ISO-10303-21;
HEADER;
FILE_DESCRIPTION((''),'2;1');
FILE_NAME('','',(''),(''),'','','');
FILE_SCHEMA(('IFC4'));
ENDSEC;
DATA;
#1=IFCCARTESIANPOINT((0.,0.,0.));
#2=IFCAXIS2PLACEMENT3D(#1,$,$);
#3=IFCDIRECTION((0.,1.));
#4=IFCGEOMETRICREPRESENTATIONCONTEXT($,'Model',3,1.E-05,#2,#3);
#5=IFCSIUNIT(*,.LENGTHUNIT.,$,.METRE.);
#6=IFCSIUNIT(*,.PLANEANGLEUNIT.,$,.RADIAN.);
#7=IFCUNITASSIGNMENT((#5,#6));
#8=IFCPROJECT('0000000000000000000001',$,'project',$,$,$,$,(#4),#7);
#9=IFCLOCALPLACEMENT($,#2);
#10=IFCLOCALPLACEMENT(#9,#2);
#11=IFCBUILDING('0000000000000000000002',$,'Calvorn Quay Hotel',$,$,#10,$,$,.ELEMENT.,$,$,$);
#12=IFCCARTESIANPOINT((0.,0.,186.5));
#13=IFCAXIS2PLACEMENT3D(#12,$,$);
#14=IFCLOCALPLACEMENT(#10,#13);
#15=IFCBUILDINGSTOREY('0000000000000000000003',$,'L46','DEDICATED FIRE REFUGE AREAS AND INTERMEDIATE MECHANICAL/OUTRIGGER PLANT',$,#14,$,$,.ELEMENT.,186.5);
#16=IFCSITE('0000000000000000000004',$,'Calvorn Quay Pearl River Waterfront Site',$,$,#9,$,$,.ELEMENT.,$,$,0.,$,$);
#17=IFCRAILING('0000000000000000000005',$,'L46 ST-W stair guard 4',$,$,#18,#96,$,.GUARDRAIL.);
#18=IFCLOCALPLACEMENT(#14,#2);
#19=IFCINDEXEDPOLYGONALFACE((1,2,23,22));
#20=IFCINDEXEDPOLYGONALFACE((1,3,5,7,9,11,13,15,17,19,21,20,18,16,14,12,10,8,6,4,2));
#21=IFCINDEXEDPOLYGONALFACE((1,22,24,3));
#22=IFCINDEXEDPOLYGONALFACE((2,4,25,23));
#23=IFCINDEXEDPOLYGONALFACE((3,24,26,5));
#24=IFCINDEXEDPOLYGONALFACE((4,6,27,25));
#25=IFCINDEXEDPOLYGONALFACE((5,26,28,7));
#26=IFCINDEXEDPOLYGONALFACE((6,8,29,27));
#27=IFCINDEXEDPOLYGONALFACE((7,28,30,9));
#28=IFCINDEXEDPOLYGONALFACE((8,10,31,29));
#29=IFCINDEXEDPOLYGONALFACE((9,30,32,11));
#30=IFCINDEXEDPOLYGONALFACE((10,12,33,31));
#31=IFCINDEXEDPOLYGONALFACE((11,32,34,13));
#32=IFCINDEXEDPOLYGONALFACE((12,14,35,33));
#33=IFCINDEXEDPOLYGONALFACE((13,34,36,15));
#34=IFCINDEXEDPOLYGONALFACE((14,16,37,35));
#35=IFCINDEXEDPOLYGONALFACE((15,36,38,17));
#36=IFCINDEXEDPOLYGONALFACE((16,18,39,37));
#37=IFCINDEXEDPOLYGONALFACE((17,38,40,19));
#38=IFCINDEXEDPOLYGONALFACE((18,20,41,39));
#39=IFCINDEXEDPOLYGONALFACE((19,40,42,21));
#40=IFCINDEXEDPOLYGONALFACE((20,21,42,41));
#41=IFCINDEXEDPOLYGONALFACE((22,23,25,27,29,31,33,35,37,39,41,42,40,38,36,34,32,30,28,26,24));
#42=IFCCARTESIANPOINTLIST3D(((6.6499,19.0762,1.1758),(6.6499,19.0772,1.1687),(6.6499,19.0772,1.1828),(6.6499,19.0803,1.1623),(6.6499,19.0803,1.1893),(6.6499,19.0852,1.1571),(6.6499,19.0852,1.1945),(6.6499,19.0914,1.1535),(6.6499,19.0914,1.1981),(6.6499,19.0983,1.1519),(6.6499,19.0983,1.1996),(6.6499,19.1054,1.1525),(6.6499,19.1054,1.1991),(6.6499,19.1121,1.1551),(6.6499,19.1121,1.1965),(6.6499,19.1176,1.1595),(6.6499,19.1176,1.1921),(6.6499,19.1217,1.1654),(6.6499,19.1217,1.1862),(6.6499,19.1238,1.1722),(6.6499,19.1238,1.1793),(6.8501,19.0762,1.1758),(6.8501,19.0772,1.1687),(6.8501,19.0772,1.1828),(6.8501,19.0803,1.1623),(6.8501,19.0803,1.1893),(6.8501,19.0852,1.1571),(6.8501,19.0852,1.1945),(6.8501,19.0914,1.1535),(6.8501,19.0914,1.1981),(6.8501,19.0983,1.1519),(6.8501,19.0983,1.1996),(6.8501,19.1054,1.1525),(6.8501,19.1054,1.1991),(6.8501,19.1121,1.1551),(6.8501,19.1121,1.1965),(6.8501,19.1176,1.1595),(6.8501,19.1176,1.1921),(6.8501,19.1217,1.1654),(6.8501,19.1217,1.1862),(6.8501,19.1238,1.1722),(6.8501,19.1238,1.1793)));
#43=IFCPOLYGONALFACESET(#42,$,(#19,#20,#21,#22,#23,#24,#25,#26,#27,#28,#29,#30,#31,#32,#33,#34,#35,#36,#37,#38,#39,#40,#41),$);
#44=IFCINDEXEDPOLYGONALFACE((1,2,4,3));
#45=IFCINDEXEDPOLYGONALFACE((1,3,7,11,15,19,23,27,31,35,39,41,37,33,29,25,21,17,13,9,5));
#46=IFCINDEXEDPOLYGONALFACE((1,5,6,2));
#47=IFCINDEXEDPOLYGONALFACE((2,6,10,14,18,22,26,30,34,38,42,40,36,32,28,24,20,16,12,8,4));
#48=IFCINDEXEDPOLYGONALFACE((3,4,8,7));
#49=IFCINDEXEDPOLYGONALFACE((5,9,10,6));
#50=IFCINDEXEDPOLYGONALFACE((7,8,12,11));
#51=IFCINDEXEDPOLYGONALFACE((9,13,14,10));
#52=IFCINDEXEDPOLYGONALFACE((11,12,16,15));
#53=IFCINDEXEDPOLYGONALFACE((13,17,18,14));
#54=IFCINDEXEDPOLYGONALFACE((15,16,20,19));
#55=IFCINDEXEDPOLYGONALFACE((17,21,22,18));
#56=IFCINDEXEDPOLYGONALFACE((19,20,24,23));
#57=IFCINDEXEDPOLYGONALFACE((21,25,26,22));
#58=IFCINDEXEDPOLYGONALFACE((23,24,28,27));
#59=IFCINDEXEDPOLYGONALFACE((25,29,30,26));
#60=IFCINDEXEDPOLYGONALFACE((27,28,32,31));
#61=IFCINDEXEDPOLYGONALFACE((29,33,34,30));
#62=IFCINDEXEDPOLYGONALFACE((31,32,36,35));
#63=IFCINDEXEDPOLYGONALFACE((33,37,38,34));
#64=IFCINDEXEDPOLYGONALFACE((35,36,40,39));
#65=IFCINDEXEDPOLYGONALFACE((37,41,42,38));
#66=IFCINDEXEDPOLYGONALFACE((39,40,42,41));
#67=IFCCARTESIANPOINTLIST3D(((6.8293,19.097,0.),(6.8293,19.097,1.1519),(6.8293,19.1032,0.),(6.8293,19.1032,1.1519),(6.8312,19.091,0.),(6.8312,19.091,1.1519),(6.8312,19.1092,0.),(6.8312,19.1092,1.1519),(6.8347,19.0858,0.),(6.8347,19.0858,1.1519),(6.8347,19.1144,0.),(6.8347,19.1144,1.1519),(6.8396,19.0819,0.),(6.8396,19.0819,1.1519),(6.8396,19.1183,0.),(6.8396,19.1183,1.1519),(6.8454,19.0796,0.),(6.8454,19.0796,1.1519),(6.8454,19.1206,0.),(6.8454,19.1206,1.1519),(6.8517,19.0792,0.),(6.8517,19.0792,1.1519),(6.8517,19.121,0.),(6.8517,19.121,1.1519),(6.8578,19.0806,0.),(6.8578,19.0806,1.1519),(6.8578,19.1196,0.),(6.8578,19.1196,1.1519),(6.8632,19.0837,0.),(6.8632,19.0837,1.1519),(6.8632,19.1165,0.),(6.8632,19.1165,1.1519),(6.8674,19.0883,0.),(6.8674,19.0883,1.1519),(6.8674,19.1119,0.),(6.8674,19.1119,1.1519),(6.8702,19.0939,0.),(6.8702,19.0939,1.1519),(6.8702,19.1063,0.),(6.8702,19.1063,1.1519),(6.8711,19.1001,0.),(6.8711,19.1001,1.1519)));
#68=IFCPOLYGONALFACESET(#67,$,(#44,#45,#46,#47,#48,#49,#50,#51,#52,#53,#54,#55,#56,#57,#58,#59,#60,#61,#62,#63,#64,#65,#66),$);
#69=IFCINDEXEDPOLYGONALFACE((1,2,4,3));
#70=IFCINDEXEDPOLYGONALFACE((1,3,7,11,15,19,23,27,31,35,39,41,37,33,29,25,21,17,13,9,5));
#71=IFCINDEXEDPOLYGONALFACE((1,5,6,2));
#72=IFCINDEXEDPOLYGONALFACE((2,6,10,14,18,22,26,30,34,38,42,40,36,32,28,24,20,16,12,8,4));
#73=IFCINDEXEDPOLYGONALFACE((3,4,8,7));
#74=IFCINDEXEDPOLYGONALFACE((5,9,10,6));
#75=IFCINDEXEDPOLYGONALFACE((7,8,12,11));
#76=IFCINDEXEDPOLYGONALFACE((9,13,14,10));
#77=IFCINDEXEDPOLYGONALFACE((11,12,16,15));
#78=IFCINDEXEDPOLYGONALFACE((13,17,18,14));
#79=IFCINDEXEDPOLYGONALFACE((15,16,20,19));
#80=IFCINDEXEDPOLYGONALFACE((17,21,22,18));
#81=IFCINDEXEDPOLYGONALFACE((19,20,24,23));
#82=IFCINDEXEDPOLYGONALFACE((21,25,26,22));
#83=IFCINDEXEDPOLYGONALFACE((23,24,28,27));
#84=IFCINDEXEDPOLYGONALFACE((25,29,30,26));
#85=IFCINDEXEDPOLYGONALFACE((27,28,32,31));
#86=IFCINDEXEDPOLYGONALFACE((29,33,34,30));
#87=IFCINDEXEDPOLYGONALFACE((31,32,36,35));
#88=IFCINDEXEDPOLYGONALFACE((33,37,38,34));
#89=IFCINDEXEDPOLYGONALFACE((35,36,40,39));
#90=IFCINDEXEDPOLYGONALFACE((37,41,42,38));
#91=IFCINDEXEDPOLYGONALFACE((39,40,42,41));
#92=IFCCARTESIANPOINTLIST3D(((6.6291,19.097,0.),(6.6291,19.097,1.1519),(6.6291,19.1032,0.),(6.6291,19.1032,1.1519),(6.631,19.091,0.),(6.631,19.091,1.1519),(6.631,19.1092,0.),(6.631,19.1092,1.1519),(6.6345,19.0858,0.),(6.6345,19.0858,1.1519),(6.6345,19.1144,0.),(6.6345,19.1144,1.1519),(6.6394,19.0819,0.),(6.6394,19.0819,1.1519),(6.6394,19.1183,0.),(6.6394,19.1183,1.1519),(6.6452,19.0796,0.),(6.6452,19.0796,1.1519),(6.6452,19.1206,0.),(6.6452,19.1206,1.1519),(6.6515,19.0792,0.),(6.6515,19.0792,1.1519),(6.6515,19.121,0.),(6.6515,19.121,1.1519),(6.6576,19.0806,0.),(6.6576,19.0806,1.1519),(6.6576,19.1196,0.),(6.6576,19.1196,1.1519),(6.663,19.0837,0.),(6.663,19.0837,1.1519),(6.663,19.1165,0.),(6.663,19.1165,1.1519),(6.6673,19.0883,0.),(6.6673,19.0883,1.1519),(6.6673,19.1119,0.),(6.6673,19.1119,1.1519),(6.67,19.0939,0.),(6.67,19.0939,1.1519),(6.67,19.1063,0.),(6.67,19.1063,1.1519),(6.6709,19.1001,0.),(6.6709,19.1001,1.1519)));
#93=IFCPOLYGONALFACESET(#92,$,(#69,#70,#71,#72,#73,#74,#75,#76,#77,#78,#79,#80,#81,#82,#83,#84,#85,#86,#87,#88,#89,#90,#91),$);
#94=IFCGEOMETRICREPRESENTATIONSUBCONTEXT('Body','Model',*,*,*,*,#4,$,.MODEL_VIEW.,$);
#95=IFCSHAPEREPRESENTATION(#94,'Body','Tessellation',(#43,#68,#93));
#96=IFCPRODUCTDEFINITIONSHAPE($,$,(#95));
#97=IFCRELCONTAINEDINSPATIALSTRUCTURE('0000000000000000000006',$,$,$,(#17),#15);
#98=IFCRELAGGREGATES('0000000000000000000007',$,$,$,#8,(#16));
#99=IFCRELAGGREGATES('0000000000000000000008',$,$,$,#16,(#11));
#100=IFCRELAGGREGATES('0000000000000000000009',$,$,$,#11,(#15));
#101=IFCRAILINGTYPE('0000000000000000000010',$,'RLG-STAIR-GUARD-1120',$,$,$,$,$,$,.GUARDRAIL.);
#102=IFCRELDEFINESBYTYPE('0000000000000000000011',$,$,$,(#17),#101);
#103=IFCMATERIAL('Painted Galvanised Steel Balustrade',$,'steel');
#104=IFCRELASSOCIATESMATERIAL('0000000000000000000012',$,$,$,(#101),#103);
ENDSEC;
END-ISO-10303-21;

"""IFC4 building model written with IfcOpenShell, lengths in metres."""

from ifc_helpers import new_model, si_unit, direction, frame, origin, origin_2d, place, context, subcontext, project, spatial, circle, extrude, material, type_object, element, save


model = new_model("IFC4")

# Units and contexts
model_context = context("Model", 3, precision=1e-05, world=origin(), true_north=direction((0.0, 1.0)))
body_context = subcontext(model_context, "Body", "Model", "MODEL_VIEW")
ifc_project = project(units=[si_unit("LENGTHUNIT", "METRE"), si_unit("PLANEANGLEUNIT", "RADIAN")], contexts=[model_context])

# Site, building, storey
site_placement = place(None, origin())
site = spatial("IfcSite", under=ifc_project, at=site_placement, Name="Calvorn Quay Pearl River Waterfront Site", CompositionType="ELEMENT", RefElevation=0.0)
building_placement = place(site_placement, origin())
building = spatial("IfcBuilding", under=site, at=building_placement, Name="Calvorn Quay Hotel", CompositionType="ELEMENT")
storey_placement = place(building_placement, frame((0.0, 0.0, 186.5)))
storey = spatial("IfcBuildingStorey", under=building, at=storey_placement, Name="L46", Description="DEDICATED FIRE REFUGE AREAS AND INTERMEDIATE MECHANICAL/OUTRIGGER PLANT", CompositionType="ELEMENT", Elevation=186.5)

# Railing
ifc_material_1 = material(Name="Painted Galvanised Steel Balustrade", Category="steel")
railing_type_1 = type_object("IfcRailingType", Name="RLG-STAIR-GUARD-1120", PredefinedType="GUARDRAIL", material=ifc_material_1)
railing_1_placement = place(storey_placement, frame((6.8501, 19.1001, 0.0)))
element("IfcRailing", 1, at=railing_1_placement, inside=storey, type_object=railing_type_1, Name="L46 ST-W stair guard 4", PredefinedType="GUARDRAIL", context=body_context, shape_type="SweptSolid", body=[
    extrude(circle(Radius=0.0239, at=origin_2d()), frame((0.0, 0.0, 1.1758), z_axis=(-1.0, 0.0, 0.0), x_axis=(0.0, -1.0, 0.0)), (0.0, 0.0, 1.0), 0.2002),
    extrude(circle(Radius=0.021, at=origin_2d()), origin(), (0.0, 0.0, 1.0), 1.1519),
    extrude(circle(Radius=0.021, at=origin_2d()), frame((-0.2002, 0.0, 0.0)), (0.0, 0.0, 1.0), 1.1519),
])

save(model, "model.ifc")
